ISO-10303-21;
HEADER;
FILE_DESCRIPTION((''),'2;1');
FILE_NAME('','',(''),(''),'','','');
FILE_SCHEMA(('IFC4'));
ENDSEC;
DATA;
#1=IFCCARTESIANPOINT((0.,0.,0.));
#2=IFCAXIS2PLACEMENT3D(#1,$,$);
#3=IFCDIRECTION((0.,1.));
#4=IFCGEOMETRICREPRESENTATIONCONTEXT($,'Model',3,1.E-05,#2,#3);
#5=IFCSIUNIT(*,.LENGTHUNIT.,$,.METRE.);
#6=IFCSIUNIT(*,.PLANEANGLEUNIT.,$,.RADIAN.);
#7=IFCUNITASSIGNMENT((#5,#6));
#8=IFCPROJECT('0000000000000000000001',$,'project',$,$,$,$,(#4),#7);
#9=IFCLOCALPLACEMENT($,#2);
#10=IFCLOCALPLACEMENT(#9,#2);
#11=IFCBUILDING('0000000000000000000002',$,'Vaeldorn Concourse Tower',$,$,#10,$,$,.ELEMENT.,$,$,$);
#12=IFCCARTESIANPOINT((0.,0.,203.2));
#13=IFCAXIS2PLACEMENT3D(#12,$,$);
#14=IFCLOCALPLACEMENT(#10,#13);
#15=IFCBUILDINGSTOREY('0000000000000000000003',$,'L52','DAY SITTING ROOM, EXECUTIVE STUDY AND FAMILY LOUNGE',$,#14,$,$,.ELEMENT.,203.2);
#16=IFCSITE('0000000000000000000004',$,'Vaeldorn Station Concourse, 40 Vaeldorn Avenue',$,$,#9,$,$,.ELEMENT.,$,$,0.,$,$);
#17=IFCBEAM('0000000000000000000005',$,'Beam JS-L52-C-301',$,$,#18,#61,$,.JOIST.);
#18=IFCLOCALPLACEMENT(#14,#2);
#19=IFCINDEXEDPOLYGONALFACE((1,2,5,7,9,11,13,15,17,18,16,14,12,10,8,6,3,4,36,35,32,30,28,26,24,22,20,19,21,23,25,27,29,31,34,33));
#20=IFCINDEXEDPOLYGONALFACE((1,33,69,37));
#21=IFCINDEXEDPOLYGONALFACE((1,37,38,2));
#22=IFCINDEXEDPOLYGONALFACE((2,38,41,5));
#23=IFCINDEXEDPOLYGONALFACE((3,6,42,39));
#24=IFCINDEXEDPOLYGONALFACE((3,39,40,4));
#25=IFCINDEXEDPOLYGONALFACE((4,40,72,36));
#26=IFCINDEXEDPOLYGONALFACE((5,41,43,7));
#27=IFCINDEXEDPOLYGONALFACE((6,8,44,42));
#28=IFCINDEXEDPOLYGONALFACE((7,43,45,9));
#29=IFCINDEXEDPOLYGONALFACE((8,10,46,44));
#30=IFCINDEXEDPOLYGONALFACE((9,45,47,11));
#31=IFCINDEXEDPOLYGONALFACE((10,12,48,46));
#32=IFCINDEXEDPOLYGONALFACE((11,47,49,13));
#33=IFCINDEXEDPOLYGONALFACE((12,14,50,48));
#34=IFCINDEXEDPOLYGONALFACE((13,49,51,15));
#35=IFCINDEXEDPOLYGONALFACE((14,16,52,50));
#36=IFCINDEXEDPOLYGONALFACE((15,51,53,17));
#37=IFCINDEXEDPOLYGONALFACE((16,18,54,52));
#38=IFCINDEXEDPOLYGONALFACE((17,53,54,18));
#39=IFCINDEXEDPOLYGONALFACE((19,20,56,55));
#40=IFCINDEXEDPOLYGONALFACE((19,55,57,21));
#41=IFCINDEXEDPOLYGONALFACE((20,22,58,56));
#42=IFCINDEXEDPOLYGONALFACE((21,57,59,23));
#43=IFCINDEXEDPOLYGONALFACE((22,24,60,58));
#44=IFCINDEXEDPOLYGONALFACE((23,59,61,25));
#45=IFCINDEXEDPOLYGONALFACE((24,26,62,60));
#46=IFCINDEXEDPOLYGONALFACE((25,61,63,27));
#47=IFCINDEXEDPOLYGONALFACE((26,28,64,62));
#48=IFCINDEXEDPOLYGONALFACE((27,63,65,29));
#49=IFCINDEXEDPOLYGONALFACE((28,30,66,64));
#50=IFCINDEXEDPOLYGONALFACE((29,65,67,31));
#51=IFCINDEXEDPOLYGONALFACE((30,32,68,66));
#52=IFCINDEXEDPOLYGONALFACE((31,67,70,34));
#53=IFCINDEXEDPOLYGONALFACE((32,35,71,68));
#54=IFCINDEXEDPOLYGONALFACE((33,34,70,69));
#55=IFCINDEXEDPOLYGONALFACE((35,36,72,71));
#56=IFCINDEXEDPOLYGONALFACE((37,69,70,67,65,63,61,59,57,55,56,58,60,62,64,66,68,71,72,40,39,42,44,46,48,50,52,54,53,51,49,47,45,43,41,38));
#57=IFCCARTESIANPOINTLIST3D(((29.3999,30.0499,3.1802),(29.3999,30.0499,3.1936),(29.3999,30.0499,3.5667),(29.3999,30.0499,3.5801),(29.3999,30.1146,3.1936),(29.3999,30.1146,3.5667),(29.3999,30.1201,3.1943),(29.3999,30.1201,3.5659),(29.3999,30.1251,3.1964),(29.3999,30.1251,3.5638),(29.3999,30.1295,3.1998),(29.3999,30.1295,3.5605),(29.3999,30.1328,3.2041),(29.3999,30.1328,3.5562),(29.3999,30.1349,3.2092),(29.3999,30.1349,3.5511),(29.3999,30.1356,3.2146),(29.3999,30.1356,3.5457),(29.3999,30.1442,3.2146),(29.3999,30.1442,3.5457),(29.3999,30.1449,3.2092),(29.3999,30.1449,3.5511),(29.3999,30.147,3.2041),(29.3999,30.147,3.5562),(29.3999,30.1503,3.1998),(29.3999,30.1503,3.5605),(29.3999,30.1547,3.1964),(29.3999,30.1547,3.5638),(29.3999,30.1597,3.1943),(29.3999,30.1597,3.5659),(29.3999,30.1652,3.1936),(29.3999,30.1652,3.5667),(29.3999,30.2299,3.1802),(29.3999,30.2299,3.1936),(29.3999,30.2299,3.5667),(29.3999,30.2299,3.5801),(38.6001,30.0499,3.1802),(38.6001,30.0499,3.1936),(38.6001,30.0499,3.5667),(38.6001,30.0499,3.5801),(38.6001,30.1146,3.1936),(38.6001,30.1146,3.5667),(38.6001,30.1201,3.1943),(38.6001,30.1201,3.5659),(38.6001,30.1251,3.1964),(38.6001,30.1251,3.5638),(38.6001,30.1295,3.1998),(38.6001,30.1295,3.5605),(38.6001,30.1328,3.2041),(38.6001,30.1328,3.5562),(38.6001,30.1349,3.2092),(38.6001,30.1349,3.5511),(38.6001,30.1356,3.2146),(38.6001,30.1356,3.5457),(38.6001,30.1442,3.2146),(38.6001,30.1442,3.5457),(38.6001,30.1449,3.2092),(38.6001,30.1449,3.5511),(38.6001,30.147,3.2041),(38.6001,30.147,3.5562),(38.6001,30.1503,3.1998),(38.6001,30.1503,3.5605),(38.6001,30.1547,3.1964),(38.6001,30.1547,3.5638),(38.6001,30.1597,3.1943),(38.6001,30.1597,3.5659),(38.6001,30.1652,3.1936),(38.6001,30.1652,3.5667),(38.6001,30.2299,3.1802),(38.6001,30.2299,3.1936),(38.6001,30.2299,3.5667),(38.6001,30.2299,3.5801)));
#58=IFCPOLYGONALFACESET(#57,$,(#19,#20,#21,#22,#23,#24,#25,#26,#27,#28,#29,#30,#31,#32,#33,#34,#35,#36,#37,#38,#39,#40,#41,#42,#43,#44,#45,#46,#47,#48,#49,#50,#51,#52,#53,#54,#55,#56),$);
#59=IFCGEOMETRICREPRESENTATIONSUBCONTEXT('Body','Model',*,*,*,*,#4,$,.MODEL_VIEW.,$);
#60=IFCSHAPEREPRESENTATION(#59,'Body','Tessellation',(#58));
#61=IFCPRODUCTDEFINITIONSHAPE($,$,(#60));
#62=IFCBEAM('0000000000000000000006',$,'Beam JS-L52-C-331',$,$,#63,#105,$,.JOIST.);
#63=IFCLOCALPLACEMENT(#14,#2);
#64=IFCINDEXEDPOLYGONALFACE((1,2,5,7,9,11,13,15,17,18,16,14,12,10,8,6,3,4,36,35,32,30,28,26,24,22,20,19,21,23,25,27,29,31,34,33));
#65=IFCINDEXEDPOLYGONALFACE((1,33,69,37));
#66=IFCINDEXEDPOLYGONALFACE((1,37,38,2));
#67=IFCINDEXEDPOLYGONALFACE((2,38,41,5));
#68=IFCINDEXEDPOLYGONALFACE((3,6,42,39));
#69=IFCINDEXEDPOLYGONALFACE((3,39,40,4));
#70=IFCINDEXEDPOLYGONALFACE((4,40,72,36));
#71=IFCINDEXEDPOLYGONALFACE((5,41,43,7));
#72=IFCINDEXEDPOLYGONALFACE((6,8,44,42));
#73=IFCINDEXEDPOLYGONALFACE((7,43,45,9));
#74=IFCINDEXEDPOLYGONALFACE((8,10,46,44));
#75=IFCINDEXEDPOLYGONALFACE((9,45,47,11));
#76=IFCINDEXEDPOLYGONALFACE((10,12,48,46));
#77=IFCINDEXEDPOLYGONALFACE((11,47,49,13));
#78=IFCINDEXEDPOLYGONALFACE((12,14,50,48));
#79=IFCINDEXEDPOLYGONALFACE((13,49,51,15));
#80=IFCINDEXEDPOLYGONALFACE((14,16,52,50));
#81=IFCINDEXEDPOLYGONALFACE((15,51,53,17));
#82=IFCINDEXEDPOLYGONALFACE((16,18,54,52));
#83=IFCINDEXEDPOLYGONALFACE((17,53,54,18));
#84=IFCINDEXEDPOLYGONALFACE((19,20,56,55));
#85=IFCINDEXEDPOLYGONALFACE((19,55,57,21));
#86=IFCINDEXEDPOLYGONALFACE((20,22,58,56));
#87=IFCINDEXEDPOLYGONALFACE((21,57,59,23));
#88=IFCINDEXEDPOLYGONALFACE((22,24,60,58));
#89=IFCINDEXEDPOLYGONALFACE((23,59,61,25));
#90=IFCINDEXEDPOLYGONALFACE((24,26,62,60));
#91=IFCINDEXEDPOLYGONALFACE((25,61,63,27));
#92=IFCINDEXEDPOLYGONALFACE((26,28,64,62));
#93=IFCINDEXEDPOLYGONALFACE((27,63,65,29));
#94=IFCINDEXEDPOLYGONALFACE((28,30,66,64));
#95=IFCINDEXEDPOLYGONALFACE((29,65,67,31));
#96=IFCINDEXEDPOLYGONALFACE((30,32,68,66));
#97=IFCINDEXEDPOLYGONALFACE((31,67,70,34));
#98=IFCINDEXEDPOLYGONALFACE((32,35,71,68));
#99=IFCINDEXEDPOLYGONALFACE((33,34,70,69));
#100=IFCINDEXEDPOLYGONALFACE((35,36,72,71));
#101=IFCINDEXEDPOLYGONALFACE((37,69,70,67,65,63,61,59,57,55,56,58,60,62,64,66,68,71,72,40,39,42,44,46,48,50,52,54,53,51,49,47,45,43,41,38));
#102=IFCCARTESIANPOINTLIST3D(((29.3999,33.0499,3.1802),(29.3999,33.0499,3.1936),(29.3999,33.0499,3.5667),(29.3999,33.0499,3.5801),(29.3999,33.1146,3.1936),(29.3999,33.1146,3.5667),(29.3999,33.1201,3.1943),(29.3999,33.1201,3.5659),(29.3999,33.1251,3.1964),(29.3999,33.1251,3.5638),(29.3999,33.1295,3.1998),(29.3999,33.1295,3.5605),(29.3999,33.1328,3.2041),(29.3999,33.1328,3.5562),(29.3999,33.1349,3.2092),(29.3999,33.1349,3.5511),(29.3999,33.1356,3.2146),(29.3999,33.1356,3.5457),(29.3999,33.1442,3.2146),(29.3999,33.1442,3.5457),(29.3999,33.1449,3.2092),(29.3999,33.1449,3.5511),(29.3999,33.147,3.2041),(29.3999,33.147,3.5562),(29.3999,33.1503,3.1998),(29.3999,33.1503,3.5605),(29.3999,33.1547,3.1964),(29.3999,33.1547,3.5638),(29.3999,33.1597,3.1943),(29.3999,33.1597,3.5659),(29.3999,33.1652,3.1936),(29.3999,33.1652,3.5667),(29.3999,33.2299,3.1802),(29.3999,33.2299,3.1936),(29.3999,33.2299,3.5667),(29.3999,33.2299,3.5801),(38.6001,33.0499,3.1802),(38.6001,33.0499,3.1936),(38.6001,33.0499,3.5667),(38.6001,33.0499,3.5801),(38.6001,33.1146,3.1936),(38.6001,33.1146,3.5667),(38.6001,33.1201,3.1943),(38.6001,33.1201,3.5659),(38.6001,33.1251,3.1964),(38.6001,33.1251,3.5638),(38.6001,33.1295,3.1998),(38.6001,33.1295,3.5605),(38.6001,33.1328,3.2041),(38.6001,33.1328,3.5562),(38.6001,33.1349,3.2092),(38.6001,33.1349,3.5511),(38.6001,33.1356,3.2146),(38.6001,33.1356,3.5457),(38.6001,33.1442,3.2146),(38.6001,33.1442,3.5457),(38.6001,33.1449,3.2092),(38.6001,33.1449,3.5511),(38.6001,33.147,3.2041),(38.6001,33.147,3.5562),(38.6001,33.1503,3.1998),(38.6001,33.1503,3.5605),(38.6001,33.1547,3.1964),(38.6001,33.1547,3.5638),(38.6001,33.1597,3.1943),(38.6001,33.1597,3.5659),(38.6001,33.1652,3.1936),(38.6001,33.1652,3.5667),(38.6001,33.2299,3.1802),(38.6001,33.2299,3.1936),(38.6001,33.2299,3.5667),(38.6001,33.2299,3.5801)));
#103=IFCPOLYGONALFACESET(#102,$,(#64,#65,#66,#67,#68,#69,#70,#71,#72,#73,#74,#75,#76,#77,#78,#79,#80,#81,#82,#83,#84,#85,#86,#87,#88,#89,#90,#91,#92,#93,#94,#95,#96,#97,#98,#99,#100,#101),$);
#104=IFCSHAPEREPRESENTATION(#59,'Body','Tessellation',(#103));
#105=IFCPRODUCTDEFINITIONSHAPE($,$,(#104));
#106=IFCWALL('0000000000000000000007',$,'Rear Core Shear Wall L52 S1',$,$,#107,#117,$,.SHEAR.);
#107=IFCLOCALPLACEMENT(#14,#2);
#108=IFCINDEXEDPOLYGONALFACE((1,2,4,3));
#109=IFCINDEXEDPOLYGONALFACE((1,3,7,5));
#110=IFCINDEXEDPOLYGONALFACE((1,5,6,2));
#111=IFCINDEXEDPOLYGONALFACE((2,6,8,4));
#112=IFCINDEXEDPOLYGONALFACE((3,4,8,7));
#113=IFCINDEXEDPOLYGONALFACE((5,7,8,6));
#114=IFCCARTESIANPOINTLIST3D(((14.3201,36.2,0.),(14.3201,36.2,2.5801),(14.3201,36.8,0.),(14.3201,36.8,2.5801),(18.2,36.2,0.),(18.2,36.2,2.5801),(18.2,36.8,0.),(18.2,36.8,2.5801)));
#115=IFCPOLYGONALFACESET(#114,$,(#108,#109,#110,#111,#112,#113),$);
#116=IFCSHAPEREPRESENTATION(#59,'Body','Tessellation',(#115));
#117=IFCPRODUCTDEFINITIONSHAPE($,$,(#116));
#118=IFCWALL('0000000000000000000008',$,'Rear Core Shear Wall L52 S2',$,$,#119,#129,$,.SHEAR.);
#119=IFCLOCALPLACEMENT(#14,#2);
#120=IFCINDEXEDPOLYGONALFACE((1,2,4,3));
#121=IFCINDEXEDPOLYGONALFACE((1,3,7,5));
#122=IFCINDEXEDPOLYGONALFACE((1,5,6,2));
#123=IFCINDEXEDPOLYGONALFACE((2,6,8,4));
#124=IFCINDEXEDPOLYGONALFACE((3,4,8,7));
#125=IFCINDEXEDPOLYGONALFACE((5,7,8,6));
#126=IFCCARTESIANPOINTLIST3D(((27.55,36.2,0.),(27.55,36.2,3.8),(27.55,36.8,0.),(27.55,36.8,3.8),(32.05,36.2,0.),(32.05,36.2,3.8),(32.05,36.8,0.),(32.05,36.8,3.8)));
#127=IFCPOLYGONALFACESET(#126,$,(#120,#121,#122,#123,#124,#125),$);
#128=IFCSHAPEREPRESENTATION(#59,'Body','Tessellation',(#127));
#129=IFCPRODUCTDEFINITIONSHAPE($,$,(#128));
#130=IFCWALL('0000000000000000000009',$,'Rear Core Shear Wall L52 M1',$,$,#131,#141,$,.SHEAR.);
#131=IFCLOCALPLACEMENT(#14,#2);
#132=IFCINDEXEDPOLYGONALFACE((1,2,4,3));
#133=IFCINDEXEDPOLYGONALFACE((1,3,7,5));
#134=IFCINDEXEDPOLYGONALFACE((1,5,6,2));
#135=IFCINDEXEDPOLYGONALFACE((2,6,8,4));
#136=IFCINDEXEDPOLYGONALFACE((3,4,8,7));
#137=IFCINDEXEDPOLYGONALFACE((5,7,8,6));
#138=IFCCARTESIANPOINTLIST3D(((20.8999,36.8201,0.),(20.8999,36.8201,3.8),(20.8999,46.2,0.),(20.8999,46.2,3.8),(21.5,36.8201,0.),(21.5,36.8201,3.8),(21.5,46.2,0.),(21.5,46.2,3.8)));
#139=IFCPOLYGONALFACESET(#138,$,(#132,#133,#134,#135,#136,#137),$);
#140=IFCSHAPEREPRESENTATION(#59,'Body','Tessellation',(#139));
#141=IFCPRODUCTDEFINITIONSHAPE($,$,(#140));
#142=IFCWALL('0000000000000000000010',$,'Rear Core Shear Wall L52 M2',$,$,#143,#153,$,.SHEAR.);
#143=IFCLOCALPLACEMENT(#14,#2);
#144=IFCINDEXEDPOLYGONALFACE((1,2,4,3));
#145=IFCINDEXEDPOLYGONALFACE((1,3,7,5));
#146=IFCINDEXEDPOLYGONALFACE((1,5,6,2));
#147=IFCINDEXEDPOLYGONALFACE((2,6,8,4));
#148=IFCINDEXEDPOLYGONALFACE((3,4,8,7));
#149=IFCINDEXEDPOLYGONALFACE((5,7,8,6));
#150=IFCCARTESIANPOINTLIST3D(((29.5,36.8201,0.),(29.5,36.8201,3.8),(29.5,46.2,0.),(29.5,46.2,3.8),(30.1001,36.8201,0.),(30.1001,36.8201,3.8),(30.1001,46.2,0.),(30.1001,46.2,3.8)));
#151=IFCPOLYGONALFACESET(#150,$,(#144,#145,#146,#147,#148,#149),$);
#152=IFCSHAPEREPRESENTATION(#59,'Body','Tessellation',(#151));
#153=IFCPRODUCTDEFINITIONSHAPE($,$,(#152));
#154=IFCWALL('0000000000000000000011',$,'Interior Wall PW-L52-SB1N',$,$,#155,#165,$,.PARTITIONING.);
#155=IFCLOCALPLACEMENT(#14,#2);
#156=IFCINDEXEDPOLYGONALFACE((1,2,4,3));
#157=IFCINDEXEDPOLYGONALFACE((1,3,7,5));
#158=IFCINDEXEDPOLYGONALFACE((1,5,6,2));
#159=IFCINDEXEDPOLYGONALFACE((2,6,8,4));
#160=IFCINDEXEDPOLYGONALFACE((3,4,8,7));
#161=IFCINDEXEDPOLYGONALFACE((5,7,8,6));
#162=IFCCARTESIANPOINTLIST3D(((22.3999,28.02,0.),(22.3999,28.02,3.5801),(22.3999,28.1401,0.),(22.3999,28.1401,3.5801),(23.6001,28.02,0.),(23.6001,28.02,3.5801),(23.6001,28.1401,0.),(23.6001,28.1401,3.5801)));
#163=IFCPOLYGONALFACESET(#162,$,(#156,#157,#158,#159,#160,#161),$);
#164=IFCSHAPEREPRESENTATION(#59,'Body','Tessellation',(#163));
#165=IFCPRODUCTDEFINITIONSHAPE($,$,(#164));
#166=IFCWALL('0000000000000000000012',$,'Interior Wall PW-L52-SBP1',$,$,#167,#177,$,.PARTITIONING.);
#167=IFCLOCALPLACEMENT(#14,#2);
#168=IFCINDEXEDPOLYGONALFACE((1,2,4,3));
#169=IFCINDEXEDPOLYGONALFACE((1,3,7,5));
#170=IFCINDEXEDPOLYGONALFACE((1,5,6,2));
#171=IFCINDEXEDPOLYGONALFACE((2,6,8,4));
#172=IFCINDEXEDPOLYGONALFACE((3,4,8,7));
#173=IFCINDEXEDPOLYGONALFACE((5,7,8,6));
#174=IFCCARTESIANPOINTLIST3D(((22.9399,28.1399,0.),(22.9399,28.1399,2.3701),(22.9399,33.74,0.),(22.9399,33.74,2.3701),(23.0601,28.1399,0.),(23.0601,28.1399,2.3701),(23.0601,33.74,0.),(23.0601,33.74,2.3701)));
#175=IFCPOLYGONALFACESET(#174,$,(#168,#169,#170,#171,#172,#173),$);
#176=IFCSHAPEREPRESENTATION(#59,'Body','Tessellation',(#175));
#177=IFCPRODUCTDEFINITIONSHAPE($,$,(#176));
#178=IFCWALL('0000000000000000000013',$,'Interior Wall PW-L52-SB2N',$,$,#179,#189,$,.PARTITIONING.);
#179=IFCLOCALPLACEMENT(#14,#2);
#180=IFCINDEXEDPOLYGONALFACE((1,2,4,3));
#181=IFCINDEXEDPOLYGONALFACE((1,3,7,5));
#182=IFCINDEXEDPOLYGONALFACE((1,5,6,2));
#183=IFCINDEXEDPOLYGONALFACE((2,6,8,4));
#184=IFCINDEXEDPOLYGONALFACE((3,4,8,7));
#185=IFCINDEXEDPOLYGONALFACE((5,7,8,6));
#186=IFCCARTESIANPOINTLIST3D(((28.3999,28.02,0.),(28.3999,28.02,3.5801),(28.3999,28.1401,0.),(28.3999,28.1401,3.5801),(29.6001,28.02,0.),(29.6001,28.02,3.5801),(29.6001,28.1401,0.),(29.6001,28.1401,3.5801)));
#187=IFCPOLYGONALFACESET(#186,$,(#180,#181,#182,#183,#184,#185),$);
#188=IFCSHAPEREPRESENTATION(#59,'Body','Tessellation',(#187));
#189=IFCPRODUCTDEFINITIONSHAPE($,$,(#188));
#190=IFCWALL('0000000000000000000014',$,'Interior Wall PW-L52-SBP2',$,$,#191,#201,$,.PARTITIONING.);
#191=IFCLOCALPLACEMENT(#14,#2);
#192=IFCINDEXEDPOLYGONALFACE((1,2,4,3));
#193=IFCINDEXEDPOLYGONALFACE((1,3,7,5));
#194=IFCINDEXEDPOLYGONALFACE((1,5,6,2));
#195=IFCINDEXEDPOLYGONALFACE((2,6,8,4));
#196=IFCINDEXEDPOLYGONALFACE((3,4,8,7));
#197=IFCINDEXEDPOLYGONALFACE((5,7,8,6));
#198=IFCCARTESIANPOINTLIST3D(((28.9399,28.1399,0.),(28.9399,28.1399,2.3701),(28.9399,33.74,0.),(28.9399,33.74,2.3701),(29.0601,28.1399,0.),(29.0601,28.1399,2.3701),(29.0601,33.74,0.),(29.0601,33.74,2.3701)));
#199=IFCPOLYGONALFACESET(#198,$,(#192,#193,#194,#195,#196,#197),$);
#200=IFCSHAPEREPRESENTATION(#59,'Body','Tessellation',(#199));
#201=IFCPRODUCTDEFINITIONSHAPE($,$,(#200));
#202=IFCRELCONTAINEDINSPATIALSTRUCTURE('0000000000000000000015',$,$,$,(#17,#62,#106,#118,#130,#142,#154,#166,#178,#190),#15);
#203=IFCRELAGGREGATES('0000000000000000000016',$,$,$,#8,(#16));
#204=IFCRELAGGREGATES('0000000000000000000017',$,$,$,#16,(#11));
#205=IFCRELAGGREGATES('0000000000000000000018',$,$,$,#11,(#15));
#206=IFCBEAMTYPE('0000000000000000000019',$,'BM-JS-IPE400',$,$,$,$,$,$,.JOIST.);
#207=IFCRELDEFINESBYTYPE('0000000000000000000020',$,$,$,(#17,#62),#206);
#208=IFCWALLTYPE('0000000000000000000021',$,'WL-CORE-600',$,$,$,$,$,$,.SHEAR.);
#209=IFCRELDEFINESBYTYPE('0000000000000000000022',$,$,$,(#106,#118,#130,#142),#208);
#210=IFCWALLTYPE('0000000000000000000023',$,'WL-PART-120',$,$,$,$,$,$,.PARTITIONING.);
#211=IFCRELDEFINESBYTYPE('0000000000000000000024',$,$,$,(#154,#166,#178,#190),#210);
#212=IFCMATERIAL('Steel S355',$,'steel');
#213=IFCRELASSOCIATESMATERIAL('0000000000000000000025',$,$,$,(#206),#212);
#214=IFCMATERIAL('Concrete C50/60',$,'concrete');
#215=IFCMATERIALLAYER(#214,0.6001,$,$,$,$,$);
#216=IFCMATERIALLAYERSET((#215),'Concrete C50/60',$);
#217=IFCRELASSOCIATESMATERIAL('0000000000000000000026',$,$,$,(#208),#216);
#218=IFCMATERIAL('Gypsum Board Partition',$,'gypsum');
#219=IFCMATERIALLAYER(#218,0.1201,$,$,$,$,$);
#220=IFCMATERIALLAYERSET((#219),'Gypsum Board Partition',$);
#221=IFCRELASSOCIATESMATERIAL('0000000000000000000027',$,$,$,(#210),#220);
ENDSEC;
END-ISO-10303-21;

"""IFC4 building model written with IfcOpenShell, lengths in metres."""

from ifc_helpers import new_model, si_unit, direction, frame, frame_2d, origin, origin_2d, place, context, subcontext, project, spatial, rectangle, i_section, extrude, source, transform, mapped, material, layer, layer_set, material_profile, profile_set, type_object, element, save


model = new_model("IFC4")

# Units and contexts
model_context = context("Model", 3, precision=1e-05, world=origin(), true_north=direction((0.0, 1.0)))
body_context = subcontext(model_context, "Body", "Model", "MODEL_VIEW")
ifc_project = project(units=[si_unit("LENGTHUNIT", "METRE"), si_unit("PLANEANGLEUNIT", "RADIAN")], contexts=[model_context])

# Site, building, storey
site_placement = place(None, origin())
site = spatial("IfcSite", under=ifc_project, at=site_placement, Name="Vaeldorn Station Concourse, 40 Vaeldorn Avenue", CompositionType="ELEMENT", RefElevation=0.0)
building_placement = place(site_placement, origin())
building = spatial("IfcBuilding", under=site, at=building_placement, Name="Vaeldorn Concourse Tower", CompositionType="ELEMENT")
storey_placement = place(building_placement, frame((0.0, 0.0, 203.2)))
storey = spatial("IfcBuildingStorey", under=building, at=storey_placement, Name="L52", Description="DAY SITTING ROOM, EXECUTIVE STUDY AND FAMILY LOUNGE", CompositionType="ELEMENT", Elevation=203.2)

# Shared definitions
ifc_material_1 = material(Name="Steel S355", Category="steel")

# Beams
ifc_material_profile_1 = material_profile(ifc_material_1, i_section(OverallWidth=0.1799, OverallDepth=0.3999, WebThickness=0.0085, FlangeThickness=0.0134, FilletRadius=0.021, at=origin_2d()), Name="IPE 400")
ifc_profile_set_1 = profile_set([ifc_material_profile_1], Name="Steel S355")
beam_type_1 = type_object("IfcBeamType", Name="BM-JS-IPE400", PredefinedType="JOIST", material=ifc_profile_set_1)
shared_shape_1 = source(origin(), body_context, "Body", "SweptSolid", [
    extrude(i_section(OverallWidth=0.1799, OverallDepth=0.3999, WebThickness=0.0085, FlangeThickness=0.0134, FilletRadius=0.021, at=origin_2d()), origin(), (0.0, 0.0, 1.0), 9.2002),
])
for number, where, z_axis, x_axis, name in (
    (1, (29.3999, 30.1399, 3.3801), (1.0, 0.0, 0.0), (0.0, 1.0, 0.0), "Beam JS-L52-C-301"),
    (2, (29.3999, 33.1399, 3.3801), (1.0, 0.0, 0.0), (0.0, 1.0, 0.0), "Beam JS-L52-C-331"),
):
    element("IfcBeam", number, at=place(storey_placement, frame(where, z_axis=z_axis, x_axis=x_axis)), inside=storey, type_object=beam_type_1, Name=name, PredefinedType="JOIST", context=body_context, shape_type="MappedRepresentation", body=[
        mapped(shared_shape_1, transform((0.0, 0.0, 0.0), scale=1.0)),
    ])

# Walls
ifc_material_2 = material(Name="Concrete C50/60", Category="concrete")
ifc_layer_1 = layer(ifc_material_2, 0.6001)
ifc_layer_set_1 = layer_set([ifc_layer_1], Name="Concrete C50/60")
wall_type_1 = type_object("IfcWallType", Name="WL-CORE-600", PredefinedType="SHEAR", material=ifc_layer_set_1)
wall_1_placement = place(storey_placement, frame((14.3201, 36.5, 0.0), z_axis=(0.0, 0.0, 1.0), x_axis=(1.0, 0.0, 0.0)))
element("IfcWall", 3, at=wall_1_placement, inside=storey, type_object=wall_type_1, Name="Rear Core Shear Wall L52 S1", PredefinedType="SHEAR", context=body_context, shape_type="SweptSolid", body=[
    extrude(rectangle(XDim=3.8799, YDim=0.6001, at=frame_2d((1.9399, 0.0))), origin(), (0.0, 0.0, 1.0), 2.5801),
])
wall_2_placement = place(storey_placement, frame((27.55, 36.5, 0.0), z_axis=(0.0, 0.0, 1.0), x_axis=(1.0, 0.0, 0.0)))
element("IfcWall", 4, at=wall_2_placement, inside=storey, type_object=wall_type_1, Name="Rear Core Shear Wall L52 S2", PredefinedType="SHEAR", context=body_context, shape_type="SweptSolid", body=[
    extrude(rectangle(XDim=4.5, YDim=0.6001, at=frame_2d((2.25, 0.0))), origin(), (0.0, 0.0, 1.0), 3.8),
])
for number, where, z_axis, x_axis, name in (
    (5, (21.2, 36.8201, 0.0), (0.0, 0.0, 1.0), (0.0, 1.0, 0.0), "Rear Core Shear Wall L52 M1"),
    (6, (29.8, 36.8201, 0.0), (0.0, 0.0, 1.0), (0.0, 1.0, 0.0), "Rear Core Shear Wall L52 M2"),
):
    element("IfcWall", number, at=place(storey_placement, frame(where, z_axis=z_axis, x_axis=x_axis)), inside=storey, type_object=wall_type_1, Name=name, PredefinedType="SHEAR", context=body_context, shape_type="SweptSolid", body=[
        extrude(rectangle(XDim=9.3799, YDim=0.6001, at=frame_2d((4.6899, 0.0))), origin(), (0.0, 0.0, 1.0), 3.8),
    ])
ifc_material_3 = material(Name="Gypsum Board Partition", Category="gypsum")
ifc_layer_2 = layer(ifc_material_3, 0.1201)
ifc_layer_set_2 = layer_set([ifc_layer_2], Name="Gypsum Board Partition")
wall_type_2 = type_object("IfcWallType", Name="WL-PART-120", PredefinedType="PARTITIONING", material=ifc_layer_set_2)
wall_3_placement = place(storey_placement, frame((22.3999, 28.0801, 0.0), z_axis=(0.0, 0.0, 1.0), x_axis=(1.0, 0.0, 0.0)))
element("IfcWall", 7, at=wall_3_placement, inside=storey, type_object=wall_type_2, Name="Interior Wall PW-L52-SB1N", PredefinedType="PARTITIONING", context=body_context, shape_type="SweptSolid", body=[
    extrude(rectangle(XDim=1.2002, YDim=0.1201, at=frame_2d((0.6001, 0.0))), origin(), (0.0, 0.0, 1.0), 3.5801),
])
wall_4_placement = place(storey_placement, frame((23.0, 28.1399, 0.0), z_axis=(0.0, 0.0, 1.0), x_axis=(0.0, 1.0, 0.0)))
element("IfcWall", 8, at=wall_4_placement, inside=storey, type_object=wall_type_2, Name="Interior Wall PW-L52-SBP1", PredefinedType="PARTITIONING", context=body_context, shape_type="SweptSolid", body=[
    extrude(rectangle(XDim=5.6001, YDim=0.1201, at=frame_2d((2.8, 0.0))), origin(), (0.0, 0.0, 1.0), 2.3701),
])
wall_5_placement = place(storey_placement, frame((28.3999, 28.0801, 0.0), z_axis=(0.0, 0.0, 1.0), x_axis=(1.0, 0.0, 0.0)))
element("IfcWall", 9, at=wall_5_placement, inside=storey, type_object=wall_type_2, Name="Interior Wall PW-L52-SB2N", PredefinedType="PARTITIONING", context=body_context, shape_type="SweptSolid", body=[
    extrude(rectangle(XDim=1.2002, YDim=0.1201, at=frame_2d((0.6001, 0.0))), origin(), (0.0, 0.0, 1.0), 3.5801),
])
wall_6_placement = place(storey_placement, frame((29.0, 28.1399, 0.0), z_axis=(0.0, 0.0, 1.0), x_axis=(0.0, 1.0, 0.0)))
element("IfcWall", 10, at=wall_6_placement, inside=storey, type_object=wall_type_2, Name="Interior Wall PW-L52-SBP2", PredefinedType="PARTITIONING", context=body_context, shape_type="SweptSolid", body=[
    extrude(rectangle(XDim=5.6001, YDim=0.1201, at=frame_2d((2.8, 0.0))), origin(), (0.0, 0.0, 1.0), 2.3701),
])

save(model, "model.ifc")
